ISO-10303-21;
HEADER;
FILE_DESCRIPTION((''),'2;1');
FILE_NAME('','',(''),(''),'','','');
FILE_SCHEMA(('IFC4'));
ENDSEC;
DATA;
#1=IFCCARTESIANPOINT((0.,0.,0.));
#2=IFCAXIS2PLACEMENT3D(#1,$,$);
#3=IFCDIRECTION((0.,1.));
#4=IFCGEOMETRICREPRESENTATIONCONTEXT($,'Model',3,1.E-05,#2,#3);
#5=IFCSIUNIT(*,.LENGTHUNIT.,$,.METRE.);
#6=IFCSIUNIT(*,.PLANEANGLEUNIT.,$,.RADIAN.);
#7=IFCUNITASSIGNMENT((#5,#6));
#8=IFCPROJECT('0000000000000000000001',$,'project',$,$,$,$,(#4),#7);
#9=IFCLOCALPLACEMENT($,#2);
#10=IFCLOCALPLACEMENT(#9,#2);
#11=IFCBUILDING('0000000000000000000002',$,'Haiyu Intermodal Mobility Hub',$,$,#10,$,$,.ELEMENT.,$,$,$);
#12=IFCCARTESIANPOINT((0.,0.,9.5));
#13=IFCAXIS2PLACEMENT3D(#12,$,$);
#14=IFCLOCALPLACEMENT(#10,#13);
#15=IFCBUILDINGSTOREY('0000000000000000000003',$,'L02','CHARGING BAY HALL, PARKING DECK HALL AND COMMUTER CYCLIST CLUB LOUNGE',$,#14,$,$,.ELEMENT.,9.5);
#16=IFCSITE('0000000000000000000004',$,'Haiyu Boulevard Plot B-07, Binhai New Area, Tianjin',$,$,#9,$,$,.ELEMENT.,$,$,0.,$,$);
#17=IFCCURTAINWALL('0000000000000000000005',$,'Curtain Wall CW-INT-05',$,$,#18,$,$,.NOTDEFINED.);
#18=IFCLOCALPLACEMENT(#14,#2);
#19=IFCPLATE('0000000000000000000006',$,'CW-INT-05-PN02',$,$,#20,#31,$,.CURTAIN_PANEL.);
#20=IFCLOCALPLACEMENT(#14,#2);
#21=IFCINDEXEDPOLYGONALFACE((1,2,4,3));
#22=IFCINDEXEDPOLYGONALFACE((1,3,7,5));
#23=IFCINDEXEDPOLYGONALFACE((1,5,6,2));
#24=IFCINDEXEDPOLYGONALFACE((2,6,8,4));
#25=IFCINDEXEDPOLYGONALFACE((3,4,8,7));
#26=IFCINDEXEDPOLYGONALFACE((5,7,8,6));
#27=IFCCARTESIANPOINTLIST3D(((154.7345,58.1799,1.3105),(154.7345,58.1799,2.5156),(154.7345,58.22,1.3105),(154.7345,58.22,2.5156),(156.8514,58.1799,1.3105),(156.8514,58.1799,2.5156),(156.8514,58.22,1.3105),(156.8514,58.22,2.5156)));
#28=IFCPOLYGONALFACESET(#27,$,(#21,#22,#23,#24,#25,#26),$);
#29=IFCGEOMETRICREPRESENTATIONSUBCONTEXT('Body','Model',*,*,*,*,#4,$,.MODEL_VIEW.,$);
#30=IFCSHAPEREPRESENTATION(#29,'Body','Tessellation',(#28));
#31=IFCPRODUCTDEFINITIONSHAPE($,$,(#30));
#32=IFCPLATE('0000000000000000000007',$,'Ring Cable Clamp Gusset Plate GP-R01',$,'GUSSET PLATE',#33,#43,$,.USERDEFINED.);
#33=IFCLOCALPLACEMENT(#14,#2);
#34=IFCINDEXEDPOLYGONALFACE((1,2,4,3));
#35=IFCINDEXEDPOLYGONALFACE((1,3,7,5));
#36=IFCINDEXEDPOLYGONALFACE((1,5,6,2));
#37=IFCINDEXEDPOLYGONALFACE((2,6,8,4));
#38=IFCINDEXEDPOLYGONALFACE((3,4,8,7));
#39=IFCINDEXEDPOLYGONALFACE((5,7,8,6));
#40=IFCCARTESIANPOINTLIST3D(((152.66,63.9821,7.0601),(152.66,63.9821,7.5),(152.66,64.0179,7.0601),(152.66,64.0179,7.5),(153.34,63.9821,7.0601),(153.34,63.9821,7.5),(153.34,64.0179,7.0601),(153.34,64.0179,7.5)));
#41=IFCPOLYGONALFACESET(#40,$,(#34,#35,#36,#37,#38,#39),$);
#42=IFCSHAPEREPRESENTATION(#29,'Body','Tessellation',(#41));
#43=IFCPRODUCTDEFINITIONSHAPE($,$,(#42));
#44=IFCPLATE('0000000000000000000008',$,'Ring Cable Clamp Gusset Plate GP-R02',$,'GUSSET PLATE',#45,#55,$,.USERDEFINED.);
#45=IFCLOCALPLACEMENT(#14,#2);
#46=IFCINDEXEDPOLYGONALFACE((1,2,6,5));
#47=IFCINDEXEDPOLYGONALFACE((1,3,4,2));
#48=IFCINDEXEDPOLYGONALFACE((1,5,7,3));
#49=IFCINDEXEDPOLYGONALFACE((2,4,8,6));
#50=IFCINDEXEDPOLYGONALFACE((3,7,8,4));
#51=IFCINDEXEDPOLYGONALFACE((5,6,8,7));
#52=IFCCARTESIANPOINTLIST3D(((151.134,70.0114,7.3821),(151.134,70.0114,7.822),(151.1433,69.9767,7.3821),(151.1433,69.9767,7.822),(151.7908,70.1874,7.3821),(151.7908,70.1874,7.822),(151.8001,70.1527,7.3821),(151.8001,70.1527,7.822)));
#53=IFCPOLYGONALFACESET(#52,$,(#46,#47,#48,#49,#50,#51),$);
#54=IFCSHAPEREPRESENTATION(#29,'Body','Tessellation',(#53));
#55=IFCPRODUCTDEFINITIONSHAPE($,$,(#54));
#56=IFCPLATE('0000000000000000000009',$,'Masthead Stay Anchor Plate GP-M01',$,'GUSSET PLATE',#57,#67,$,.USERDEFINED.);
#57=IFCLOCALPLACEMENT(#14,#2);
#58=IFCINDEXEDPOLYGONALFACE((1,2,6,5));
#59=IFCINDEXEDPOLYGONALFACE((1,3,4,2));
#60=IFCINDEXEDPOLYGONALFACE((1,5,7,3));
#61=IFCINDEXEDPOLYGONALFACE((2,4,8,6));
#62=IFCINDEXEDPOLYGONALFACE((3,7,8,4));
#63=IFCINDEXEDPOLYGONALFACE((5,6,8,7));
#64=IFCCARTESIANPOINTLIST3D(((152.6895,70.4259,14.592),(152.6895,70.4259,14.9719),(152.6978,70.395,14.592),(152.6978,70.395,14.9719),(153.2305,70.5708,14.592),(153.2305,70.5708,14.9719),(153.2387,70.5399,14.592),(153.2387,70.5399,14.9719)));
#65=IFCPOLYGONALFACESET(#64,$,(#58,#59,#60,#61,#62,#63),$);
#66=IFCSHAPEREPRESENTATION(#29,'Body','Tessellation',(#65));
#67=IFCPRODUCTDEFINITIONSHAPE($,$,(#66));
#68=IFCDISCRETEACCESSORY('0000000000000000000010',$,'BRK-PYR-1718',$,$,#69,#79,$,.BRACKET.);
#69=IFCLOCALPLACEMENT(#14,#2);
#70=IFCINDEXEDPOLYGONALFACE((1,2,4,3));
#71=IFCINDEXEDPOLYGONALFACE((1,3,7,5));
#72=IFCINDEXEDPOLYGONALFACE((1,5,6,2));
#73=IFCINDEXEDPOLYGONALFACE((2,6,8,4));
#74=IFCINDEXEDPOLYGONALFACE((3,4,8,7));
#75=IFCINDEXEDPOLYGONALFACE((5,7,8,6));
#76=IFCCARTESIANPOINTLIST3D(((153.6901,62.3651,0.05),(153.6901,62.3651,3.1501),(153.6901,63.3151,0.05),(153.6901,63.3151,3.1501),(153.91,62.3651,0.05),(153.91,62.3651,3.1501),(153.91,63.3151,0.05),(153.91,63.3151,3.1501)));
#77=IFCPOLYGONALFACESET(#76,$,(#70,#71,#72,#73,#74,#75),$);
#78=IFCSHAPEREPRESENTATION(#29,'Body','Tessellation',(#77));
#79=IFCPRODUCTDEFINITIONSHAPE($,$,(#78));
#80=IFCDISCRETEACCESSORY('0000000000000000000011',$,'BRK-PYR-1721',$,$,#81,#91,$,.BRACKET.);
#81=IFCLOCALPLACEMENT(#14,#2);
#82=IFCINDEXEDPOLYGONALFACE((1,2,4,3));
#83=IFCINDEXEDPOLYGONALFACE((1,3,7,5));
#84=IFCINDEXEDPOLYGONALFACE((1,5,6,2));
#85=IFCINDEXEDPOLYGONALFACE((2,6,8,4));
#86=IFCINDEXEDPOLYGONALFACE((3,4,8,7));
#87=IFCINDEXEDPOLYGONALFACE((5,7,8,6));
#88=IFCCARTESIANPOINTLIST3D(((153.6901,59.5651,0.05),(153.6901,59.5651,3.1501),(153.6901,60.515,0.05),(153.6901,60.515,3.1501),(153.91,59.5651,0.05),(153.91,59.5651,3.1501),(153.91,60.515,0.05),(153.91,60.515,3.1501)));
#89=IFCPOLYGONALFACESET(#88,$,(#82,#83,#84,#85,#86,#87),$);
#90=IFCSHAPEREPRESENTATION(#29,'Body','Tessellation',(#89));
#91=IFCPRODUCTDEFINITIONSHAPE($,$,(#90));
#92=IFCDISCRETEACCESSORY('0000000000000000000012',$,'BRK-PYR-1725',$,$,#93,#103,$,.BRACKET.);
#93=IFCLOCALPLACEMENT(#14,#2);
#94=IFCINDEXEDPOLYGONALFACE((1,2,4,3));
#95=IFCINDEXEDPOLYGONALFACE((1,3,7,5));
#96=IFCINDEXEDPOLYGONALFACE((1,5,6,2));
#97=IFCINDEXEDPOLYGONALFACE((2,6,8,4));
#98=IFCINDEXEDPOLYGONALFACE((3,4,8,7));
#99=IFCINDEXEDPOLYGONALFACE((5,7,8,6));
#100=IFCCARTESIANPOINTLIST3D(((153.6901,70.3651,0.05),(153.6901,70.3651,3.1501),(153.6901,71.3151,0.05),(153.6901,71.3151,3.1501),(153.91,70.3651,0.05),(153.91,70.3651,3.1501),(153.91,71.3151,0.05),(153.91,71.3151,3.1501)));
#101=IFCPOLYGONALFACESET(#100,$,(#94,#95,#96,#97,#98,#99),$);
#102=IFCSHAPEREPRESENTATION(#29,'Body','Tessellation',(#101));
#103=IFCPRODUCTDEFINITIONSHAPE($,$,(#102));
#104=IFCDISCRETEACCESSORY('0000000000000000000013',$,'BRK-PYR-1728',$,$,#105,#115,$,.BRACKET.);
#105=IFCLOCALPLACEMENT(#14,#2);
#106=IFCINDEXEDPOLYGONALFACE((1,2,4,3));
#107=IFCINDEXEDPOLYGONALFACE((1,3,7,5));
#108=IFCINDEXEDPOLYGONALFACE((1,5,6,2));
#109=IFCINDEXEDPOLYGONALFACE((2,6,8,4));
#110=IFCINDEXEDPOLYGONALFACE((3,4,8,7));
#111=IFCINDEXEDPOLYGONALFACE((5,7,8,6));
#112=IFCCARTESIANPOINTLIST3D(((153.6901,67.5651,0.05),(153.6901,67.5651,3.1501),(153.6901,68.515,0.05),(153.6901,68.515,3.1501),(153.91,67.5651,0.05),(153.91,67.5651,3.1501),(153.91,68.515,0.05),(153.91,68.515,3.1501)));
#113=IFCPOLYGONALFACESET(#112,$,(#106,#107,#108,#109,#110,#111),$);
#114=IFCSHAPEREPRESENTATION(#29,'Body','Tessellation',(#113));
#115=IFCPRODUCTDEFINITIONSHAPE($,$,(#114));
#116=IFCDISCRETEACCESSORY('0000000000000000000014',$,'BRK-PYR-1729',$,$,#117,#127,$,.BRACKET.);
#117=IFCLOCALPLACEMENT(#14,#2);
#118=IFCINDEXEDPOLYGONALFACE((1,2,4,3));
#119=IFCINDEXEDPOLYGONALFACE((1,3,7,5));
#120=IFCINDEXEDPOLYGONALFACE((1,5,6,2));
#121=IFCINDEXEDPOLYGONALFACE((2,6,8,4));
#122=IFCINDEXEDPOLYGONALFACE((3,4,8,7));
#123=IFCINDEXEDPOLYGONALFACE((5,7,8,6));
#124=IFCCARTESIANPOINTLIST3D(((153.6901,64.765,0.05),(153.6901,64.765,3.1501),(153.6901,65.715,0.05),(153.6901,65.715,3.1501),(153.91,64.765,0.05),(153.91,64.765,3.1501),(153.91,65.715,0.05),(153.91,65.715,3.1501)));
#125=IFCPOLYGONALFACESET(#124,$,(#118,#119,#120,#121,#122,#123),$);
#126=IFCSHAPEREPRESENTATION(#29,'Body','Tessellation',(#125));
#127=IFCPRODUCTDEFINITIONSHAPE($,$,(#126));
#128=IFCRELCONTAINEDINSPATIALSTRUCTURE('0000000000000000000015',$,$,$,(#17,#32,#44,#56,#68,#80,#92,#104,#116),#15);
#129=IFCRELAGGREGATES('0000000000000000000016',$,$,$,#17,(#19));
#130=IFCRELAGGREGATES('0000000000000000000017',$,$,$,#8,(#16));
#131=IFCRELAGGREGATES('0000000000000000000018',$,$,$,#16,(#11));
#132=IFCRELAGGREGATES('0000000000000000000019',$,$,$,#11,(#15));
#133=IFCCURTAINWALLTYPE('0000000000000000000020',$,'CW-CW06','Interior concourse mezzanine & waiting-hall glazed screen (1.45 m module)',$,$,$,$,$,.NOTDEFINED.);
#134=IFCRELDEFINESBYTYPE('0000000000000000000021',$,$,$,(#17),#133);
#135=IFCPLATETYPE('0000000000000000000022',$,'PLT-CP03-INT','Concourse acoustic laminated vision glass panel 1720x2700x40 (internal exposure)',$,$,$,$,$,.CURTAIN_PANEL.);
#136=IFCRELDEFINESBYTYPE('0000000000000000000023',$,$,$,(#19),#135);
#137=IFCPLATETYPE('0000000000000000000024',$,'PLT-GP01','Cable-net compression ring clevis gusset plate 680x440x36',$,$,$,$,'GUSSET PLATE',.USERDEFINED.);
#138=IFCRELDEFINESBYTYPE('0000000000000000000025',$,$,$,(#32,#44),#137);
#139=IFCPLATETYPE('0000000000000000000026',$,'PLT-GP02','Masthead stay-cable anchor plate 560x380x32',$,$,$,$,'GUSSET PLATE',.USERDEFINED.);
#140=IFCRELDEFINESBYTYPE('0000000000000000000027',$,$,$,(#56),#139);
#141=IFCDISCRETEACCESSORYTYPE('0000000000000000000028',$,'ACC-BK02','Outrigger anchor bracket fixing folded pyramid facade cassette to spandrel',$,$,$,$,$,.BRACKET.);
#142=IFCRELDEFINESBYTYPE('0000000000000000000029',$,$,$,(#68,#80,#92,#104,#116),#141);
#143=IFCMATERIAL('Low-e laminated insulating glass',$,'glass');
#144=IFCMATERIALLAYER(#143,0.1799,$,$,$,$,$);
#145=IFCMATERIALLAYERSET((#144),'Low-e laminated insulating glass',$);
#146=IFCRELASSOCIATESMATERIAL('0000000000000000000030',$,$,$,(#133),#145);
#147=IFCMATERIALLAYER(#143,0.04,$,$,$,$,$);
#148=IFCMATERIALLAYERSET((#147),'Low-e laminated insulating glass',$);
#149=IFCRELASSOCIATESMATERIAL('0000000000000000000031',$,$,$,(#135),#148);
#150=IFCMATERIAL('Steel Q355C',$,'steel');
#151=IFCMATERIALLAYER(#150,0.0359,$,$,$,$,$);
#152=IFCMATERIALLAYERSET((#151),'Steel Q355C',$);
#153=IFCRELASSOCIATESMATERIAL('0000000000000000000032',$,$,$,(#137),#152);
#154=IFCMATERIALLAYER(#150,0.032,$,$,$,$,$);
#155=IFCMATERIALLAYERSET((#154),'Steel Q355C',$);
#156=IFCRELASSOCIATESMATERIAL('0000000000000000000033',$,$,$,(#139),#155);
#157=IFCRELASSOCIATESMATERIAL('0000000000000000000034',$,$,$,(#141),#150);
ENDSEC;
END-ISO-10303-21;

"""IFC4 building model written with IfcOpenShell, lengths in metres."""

from ifc_helpers import new_model, si_unit, direction, frame, origin, origin_2d, place, context, subcontext, project, spatial, rectangle, extrude, material, layer, layer_set, type_object, element, aggregate, save


model = new_model("IFC4")

# Units and contexts
model_context = context("Model", 3, precision=1e-05, world=origin(), true_north=direction((0.0, 1.0)))
body_context = subcontext(model_context, "Body", "Model", "MODEL_VIEW")
ifc_project = project(units=[si_unit("LENGTHUNIT", "METRE"), si_unit("PLANEANGLEUNIT", "RADIAN")], contexts=[model_context])

# Site, building, storey
site_placement = place(None, origin())
site = spatial("IfcSite", under=ifc_project, at=site_placement, Name="Haiyu Boulevard Plot B-07, Binhai New Area, Tianjin", CompositionType="ELEMENT", RefElevation=0.0)
building_placement = place(site_placement, origin())
building = spatial("IfcBuilding", under=site, at=building_placement, Name="Haiyu Intermodal Mobility Hub", CompositionType="ELEMENT")
storey_placement = place(building_placement, frame((0.0, 0.0, 9.5)))
storey = spatial("IfcBuildingStorey", under=building, at=storey_placement, Name="L02", Description="CHARGING BAY HALL, PARKING DECK HALL AND COMMUTER CYCLIST CLUB LOUNGE", CompositionType="ELEMENT", Elevation=9.5)

# Shared definitions
ifc_material_1 = material(Name="Steel Q355C", Category="steel")

# Curtain wall
ifc_material_2 = material(Name="Low-e laminated insulating glass", Category="glass")
ifc_layer_1 = layer(ifc_material_2, 0.1799)
ifc_layer_set_1 = layer_set([ifc_layer_1], Name="Low-e laminated insulating glass")
curtain_wall_type = type_object("IfcCurtainWallType", Name="CW-CW06", Description="Interior concourse mezzanine & waiting-hall glazed screen (1.45 m module)", PredefinedType="NOTDEFINED", material=ifc_layer_set_1)
curtain_wall_placement = place(storey_placement, origin())
curtain_wall = element("IfcCurtainWall", 1, at=curtain_wall_placement, inside=storey, type_object=curtain_wall_type, Name="Curtain Wall CW-INT-05", PredefinedType="NOTDEFINED")

# Plate
ifc_layer_2 = layer(ifc_material_2, 0.04)
ifc_layer_set_2 = layer_set([ifc_layer_2], Name="Low-e laminated insulating glass")
plate_type_1 = type_object("IfcPlateType", Name="PLT-CP03-INT", Description="Concourse acoustic laminated vision glass panel 1720x2700x40 (internal exposure)", PredefinedType="CURTAIN_PANEL", material=ifc_layer_set_2)
plate_1_placement = place(storey_placement, frame((155.793, 58.2, 1.3105), z_axis=(0.0, 0.0, 1.0), x_axis=(1.0, 0.0, 0.0)))
plate_1 = element("IfcPlate", 2, at=plate_1_placement, type_object=plate_type_1, Name="CW-INT-05-PN02", PredefinedType="CURTAIN_PANEL", context=body_context, shape_type="SweptSolid", body=[
    extrude(rectangle(XDim=2.1169, YDim=0.04, at=origin_2d()), origin(), (0.0, 0.0, 1.0), 1.2051),
])
aggregate(curtain_wall, [plate_1])

# Plates
ifc_layer_3 = layer(ifc_material_1, 0.0359)
ifc_layer_set_3 = layer_set([ifc_layer_3], Name="Steel Q355C")
plate_type_2 = type_object("IfcPlateType", Name="PLT-GP01", Description="Cable-net compression ring clevis gusset plate 680x440x36", ElementType="GUSSET PLATE", PredefinedType="USERDEFINED", material=ifc_layer_set_3)
for number, where, z_axis, x_axis, name in (
    (3, (153.0, 64.0, 7.0601), (0.0, 0.0, 1.0), (1.0, 0.0, 0.0), "Ring Cable Clamp Gusset Plate GP-R01"),
    (4, (151.467, 70.082, 7.3821), (0.0, 0.0, 1.0), (0.965926, 0.258819, 0.0), "Ring Cable Clamp Gusset Plate GP-R02"),
):
    element("IfcPlate", number, at=place(storey_placement, frame(where, z_axis=z_axis, x_axis=x_axis)), inside=storey, type_object=plate_type_2, Name=name, ObjectType="GUSSET PLATE", PredefinedType="USERDEFINED", context=body_context, shape_type="SweptSolid", body=[
        extrude(rectangle(XDim=0.6799, YDim=0.0359, at=origin_2d()), origin(), (0.0, 0.0, 1.0), 0.4399),
    ])
ifc_layer_4 = layer(ifc_material_1, 0.032)
ifc_layer_set_4 = layer_set([ifc_layer_4], Name="Steel Q355C")
plate_type_3 = type_object("IfcPlateType", Name="PLT-GP02", Description="Masthead stay-cable anchor plate 560x380x32", ElementType="GUSSET PLATE", PredefinedType="USERDEFINED", material=ifc_layer_set_4)
plate_2_placement = place(storey_placement, frame((152.9641, 70.4829, 14.592), z_axis=(0.0, 0.0, 1.0), x_axis=(0.965926, 0.258819, 0.0)))
element("IfcPlate", 5, at=plate_2_placement, inside=storey, type_object=plate_type_3, Name="Masthead Stay Anchor Plate GP-M01", ObjectType="GUSSET PLATE", PredefinedType="USERDEFINED", context=body_context, shape_type="SweptSolid", body=[
    extrude(rectangle(XDim=0.5601, YDim=0.032, at=origin_2d()), origin(), (0.0, 0.0, 1.0), 0.3799),
])

# Discrete accessories
discrete_accessory_type = type_object("IfcDiscreteAccessoryType", Name="ACC-BK02", Description="Outrigger anchor bracket fixing folded pyramid facade cassette to spandrel", PredefinedType="BRACKET", material=ifc_material_1)
for number, where, z_axis, x_axis, name in (
    (6, (153.8, 62.8401, 0.05), (0.0, 0.0, 1.0), (1.0, 0.0, 0.0), "BRK-PYR-1718"),
    (7, (153.8, 60.04, 0.05), (0.0, 0.0, 1.0), (1.0, 0.0, 0.0), "BRK-PYR-1721"),
    (8, (153.8, 70.8401, 0.05), (0.0, 0.0, 1.0), (1.0, 0.0, 0.0), "BRK-PYR-1725"),
    (9, (153.8, 68.04, 0.05), (0.0, 0.0, 1.0), (1.0, 0.0, 0.0), "BRK-PYR-1728"),
    (10, (153.8, 65.24, 0.05), (0.0, 0.0, 1.0), (1.0, 0.0, 0.0), "BRK-PYR-1729"),
):
    element("IfcDiscreteAccessory", number, at=place(storey_placement, frame(where, z_axis=z_axis, x_axis=x_axis)), inside=storey, type_object=discrete_accessory_type, Name=name, PredefinedType="BRACKET", context=body_context, shape_type="SweptSolid", body=[
        extrude(rectangle(XDim=0.22, YDim=0.95, at=origin_2d()), origin(), (0.0, 0.0, 1.0), 3.1001),
    ])

save(model, "model.ifc")
